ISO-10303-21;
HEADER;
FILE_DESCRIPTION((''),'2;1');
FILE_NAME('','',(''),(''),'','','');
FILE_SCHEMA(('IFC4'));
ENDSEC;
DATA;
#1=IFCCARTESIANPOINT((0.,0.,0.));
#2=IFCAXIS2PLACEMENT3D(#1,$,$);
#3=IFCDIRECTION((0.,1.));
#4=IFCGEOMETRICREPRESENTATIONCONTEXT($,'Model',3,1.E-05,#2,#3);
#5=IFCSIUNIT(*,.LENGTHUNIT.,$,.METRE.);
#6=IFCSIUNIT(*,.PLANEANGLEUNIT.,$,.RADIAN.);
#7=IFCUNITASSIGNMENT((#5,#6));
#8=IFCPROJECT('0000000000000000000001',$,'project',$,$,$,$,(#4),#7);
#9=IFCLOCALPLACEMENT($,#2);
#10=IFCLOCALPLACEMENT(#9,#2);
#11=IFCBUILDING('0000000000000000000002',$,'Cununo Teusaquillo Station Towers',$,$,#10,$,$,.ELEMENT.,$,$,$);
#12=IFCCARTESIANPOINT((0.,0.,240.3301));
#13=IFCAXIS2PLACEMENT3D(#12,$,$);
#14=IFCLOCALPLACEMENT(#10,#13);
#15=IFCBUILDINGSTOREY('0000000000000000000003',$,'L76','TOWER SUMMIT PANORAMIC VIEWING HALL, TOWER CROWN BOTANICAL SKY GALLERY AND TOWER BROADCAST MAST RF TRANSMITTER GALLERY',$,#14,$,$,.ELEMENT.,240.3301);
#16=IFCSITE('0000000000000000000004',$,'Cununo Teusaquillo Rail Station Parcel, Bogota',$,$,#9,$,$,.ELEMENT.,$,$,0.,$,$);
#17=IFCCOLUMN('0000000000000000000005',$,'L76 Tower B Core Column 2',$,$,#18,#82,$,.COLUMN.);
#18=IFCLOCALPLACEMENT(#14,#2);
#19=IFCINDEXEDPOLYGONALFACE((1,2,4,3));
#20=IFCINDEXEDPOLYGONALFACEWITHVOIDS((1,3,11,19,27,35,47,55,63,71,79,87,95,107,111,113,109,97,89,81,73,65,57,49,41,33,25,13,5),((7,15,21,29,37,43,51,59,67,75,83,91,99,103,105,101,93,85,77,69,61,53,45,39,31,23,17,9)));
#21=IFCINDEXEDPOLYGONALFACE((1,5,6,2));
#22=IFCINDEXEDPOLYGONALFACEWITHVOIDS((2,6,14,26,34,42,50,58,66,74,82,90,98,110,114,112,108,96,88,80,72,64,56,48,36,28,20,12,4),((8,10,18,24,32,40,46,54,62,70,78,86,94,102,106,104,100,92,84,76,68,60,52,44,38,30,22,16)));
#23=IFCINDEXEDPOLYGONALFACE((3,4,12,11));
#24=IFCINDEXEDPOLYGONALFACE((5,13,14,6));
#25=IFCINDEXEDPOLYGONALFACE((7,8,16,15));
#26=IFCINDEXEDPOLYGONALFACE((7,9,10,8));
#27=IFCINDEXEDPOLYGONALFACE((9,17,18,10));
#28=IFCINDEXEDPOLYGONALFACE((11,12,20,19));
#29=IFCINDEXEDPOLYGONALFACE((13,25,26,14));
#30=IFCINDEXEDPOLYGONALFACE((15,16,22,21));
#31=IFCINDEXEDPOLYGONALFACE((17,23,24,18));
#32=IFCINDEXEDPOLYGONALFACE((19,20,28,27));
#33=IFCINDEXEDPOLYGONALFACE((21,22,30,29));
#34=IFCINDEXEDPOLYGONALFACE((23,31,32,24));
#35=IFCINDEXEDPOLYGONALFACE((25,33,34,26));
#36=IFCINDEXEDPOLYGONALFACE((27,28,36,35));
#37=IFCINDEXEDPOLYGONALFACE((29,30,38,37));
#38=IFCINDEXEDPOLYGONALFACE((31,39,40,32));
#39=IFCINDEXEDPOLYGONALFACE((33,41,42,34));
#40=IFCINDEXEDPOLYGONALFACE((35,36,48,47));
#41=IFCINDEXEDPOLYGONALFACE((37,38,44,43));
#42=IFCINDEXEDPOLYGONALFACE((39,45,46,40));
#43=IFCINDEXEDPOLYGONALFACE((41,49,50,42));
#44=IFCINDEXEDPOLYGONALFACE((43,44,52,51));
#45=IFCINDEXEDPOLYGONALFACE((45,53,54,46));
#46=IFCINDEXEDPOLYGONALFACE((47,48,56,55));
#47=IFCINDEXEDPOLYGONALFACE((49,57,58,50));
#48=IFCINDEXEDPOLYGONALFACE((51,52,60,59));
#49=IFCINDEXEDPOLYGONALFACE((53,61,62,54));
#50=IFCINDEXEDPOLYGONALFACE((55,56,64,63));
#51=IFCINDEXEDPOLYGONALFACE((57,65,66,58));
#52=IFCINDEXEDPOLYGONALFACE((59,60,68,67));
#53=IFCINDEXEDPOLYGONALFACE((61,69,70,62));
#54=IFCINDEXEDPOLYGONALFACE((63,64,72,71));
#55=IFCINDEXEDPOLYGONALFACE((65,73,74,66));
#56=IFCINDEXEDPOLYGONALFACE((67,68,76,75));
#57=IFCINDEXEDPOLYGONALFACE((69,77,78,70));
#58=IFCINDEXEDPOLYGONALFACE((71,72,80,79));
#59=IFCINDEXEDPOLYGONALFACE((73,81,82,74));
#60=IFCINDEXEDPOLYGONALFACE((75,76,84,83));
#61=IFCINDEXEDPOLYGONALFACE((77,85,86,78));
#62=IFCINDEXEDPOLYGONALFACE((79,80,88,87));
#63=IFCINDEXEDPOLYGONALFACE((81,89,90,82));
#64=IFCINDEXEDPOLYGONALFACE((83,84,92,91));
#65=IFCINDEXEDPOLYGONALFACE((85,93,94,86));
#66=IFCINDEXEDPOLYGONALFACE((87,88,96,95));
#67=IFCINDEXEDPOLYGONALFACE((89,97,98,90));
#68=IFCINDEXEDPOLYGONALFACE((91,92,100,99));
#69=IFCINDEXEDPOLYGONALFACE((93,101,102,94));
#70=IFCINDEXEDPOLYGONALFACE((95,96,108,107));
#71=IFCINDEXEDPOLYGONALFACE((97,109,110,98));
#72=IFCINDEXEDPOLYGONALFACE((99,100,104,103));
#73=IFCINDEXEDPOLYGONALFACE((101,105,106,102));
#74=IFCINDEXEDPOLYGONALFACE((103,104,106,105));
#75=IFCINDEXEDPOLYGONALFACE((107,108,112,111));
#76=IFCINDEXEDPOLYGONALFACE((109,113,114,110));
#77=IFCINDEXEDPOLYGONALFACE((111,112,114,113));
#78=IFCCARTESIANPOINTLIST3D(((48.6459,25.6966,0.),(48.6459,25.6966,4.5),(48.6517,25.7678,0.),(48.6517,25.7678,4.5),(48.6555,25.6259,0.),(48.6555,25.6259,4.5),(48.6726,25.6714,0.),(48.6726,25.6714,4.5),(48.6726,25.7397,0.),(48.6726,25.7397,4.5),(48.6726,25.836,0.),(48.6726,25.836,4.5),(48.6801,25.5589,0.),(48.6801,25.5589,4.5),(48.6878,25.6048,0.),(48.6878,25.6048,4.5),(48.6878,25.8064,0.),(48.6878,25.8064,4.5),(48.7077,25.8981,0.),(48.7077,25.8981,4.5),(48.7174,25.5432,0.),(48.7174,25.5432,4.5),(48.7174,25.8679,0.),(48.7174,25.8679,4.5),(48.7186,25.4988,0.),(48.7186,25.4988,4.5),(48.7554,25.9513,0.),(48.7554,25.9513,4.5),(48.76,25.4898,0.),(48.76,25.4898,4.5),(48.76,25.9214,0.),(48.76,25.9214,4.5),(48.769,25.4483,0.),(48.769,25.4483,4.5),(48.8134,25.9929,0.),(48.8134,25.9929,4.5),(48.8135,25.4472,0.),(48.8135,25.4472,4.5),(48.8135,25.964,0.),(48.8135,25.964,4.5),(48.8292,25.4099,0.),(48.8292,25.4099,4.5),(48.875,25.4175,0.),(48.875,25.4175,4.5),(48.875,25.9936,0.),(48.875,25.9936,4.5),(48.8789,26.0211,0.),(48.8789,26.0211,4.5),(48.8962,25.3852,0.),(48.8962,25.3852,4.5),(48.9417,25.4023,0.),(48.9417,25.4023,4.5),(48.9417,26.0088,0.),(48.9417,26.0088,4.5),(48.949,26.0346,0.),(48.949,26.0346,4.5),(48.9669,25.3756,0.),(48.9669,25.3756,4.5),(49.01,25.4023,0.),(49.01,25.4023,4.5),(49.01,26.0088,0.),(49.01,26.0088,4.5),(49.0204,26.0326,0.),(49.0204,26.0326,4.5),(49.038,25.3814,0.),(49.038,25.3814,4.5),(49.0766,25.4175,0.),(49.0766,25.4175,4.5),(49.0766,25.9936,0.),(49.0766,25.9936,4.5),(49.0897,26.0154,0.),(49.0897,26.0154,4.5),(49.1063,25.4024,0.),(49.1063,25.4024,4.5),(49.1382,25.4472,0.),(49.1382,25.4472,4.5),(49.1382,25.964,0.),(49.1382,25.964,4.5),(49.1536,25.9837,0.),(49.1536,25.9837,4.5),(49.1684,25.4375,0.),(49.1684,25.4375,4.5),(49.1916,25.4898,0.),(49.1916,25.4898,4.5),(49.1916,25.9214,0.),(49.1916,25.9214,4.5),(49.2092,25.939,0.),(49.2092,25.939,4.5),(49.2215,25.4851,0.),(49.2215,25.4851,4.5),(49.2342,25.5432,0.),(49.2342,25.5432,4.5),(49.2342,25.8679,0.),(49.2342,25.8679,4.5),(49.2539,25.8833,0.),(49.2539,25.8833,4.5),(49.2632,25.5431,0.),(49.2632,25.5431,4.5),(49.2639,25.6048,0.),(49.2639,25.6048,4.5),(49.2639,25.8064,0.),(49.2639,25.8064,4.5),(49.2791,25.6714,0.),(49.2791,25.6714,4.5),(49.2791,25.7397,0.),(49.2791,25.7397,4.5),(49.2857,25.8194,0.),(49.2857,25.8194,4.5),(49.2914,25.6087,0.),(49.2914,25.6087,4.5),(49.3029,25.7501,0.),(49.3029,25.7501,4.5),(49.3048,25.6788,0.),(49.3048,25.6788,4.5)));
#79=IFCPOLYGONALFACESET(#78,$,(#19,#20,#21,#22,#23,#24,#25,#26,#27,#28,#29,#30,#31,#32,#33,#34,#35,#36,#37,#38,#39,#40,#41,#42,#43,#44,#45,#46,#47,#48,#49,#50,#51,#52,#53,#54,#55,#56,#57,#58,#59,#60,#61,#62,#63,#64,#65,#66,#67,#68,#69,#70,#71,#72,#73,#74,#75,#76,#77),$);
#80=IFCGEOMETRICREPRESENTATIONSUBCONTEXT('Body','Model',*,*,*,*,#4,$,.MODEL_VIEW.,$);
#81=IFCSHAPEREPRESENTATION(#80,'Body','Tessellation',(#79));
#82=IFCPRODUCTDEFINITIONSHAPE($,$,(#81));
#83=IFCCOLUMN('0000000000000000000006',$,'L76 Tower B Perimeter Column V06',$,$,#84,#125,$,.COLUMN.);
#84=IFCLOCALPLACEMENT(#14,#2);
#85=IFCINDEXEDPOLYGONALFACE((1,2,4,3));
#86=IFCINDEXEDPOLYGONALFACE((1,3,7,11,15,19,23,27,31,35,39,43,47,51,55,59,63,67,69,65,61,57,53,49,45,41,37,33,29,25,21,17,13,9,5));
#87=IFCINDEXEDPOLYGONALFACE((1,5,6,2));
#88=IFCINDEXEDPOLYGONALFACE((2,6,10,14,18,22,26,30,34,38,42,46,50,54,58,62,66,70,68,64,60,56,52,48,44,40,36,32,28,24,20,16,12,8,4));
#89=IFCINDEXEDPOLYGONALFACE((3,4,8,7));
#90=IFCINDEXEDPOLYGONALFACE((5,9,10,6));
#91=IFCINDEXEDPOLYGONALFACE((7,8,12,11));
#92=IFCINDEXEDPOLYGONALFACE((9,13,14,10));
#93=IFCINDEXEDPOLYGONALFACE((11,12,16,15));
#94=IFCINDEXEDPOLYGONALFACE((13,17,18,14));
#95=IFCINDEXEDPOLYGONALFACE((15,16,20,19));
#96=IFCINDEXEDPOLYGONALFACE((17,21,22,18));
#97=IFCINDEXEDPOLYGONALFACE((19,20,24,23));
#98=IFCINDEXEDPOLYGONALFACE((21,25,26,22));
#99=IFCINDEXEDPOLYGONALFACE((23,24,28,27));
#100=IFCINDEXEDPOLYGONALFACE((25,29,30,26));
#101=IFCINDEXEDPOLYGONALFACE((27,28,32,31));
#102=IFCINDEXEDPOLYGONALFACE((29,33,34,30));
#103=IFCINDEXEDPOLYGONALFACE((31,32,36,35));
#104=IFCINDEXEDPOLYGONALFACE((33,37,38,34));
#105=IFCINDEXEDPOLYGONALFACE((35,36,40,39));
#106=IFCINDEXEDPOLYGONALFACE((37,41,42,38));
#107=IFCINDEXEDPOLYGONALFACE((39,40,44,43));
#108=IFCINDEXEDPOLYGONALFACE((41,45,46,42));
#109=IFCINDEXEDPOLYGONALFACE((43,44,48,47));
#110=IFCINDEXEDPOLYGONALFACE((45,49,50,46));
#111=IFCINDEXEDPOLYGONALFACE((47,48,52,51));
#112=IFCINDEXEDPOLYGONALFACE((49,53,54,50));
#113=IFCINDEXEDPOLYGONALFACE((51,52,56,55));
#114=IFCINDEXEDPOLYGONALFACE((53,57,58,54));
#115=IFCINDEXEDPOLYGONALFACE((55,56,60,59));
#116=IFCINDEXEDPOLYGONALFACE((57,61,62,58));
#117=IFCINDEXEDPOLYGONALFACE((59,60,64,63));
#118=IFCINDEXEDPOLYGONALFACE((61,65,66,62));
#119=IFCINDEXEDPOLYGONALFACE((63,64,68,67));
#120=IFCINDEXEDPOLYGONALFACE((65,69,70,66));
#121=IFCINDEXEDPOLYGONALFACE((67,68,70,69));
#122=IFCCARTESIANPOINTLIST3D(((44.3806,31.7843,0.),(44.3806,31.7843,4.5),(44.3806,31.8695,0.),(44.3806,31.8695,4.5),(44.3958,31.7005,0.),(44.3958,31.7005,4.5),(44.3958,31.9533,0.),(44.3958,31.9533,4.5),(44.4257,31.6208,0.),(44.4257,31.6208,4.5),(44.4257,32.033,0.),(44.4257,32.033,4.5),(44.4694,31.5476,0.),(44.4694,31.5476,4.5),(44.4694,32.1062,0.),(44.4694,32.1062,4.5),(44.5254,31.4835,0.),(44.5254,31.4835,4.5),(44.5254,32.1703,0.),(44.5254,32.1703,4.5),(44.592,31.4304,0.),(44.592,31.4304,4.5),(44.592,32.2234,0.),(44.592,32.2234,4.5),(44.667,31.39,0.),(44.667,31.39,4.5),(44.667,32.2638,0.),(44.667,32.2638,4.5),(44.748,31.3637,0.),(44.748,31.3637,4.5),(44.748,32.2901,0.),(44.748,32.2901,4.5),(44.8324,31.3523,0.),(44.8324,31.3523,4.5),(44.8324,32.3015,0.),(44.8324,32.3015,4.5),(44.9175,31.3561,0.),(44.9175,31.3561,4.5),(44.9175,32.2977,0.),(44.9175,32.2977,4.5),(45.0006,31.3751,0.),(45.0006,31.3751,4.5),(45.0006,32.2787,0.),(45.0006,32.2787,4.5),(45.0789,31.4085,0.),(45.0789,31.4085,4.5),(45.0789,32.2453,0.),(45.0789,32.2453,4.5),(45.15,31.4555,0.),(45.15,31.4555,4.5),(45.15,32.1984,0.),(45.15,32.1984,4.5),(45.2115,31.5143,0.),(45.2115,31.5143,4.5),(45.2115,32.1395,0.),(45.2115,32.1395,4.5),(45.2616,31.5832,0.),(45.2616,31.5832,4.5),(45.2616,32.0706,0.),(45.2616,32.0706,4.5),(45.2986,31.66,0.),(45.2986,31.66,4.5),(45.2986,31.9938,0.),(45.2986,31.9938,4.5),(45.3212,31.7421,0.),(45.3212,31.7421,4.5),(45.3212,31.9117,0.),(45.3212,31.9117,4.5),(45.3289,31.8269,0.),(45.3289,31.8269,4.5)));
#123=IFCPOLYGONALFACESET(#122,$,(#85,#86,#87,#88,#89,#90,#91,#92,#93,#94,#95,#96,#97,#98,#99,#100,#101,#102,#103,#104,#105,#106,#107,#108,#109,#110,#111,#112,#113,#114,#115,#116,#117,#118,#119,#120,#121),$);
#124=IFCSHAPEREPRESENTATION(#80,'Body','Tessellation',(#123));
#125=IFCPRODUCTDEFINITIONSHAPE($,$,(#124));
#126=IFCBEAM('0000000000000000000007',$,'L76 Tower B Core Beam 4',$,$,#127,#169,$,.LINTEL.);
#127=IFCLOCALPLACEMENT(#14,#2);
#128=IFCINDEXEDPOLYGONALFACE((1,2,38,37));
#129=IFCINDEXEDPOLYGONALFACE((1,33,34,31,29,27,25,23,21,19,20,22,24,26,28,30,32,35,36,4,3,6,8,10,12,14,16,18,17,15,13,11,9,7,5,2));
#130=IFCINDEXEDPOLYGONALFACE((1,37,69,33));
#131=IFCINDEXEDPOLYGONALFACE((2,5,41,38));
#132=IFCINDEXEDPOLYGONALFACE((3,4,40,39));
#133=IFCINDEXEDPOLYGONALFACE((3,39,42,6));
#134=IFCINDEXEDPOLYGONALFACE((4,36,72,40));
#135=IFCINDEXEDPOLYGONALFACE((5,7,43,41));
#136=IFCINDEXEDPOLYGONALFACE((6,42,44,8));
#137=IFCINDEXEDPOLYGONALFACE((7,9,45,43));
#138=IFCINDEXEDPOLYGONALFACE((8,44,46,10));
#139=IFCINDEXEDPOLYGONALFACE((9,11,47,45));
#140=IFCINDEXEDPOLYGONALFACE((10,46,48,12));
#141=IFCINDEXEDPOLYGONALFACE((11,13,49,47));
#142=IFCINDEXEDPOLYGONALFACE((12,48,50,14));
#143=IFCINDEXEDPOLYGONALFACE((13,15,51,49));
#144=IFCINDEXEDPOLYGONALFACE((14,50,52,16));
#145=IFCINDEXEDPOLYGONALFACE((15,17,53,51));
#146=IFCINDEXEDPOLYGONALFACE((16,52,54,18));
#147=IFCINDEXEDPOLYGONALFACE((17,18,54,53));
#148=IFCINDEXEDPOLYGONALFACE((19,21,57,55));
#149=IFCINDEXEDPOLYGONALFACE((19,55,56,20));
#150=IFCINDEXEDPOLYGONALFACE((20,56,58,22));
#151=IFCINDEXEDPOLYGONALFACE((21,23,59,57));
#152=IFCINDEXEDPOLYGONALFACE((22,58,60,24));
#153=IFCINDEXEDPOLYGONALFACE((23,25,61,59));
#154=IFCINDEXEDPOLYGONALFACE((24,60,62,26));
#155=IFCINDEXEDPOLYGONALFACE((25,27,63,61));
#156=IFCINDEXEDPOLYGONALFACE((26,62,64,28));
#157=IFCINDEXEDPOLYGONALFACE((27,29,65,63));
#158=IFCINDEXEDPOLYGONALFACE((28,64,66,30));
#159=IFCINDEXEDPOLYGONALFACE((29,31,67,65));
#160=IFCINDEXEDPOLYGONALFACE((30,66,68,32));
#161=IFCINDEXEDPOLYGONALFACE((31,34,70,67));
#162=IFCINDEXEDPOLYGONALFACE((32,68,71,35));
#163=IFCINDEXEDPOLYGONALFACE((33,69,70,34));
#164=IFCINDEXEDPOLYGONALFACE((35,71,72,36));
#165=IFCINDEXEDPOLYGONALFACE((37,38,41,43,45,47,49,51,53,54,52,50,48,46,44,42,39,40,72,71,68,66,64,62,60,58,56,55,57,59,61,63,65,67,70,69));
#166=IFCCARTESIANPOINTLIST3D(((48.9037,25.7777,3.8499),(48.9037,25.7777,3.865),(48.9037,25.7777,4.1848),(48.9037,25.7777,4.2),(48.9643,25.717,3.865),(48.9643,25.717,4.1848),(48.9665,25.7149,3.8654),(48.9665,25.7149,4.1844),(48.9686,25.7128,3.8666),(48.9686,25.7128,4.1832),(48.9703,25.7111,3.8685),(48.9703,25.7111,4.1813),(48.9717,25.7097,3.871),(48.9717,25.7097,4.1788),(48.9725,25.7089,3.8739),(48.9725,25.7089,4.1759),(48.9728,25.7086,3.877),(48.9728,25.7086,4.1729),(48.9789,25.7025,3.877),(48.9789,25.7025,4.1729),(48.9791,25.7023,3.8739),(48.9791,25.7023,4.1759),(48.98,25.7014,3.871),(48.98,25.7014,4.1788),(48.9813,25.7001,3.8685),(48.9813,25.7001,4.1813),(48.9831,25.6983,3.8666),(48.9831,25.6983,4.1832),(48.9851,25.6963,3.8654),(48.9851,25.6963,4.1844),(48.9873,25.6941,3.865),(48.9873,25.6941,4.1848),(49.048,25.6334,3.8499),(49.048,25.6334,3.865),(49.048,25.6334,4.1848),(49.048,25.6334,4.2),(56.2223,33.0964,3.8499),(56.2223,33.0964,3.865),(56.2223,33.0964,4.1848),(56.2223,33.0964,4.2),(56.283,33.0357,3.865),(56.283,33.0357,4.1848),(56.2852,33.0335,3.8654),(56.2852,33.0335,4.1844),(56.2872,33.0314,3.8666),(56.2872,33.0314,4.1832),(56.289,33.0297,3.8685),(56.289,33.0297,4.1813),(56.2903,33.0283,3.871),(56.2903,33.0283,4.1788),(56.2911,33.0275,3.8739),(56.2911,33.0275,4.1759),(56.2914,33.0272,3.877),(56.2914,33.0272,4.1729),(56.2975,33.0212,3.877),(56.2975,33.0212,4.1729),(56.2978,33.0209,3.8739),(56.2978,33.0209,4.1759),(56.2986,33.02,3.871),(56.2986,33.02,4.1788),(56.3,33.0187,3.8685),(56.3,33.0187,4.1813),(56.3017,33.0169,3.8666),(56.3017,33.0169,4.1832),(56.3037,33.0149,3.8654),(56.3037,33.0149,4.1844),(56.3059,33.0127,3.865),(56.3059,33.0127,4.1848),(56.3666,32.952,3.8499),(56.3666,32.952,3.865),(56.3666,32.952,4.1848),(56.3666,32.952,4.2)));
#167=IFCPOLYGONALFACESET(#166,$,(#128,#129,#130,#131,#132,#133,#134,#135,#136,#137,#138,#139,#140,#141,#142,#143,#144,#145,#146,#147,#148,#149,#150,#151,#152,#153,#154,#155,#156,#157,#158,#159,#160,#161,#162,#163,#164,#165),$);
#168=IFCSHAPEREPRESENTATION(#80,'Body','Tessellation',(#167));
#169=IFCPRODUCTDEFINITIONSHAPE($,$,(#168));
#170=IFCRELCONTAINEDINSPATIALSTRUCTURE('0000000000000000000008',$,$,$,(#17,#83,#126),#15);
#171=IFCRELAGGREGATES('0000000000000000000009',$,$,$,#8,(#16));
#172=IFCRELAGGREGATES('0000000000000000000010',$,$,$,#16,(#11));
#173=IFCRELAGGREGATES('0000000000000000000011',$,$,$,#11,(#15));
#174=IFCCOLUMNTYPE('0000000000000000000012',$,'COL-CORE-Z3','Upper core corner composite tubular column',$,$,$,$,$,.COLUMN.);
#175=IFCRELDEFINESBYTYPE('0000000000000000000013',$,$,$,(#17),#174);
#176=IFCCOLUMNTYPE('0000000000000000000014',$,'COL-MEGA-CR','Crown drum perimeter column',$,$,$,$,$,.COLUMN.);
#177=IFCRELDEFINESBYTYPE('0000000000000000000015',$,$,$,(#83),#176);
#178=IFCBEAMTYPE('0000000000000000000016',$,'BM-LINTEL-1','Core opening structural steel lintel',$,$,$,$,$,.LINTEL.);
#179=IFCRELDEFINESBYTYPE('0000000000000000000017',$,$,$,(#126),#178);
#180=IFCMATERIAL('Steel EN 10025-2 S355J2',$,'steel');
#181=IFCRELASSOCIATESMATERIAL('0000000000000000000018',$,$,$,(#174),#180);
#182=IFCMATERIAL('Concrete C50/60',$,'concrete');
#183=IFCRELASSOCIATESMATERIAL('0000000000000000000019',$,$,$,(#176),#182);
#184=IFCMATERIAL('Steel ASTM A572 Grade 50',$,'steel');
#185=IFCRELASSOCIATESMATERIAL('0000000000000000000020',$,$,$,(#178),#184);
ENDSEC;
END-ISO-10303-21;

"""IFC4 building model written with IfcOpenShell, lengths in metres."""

from ifc_helpers import new_model, si_unit, direction, frame, origin, origin_2d, place, context, subcontext, project, spatial, circle, hollow_circle, i_section, extrude, material, material_profile, profile_set, type_object, element, save


model = new_model("IFC4")

# Units and contexts
model_context = context("Model", 3, precision=1e-05, world=origin(), true_north=direction((0.0, 1.0)))
body_context = subcontext(model_context, "Body", "Model", "MODEL_VIEW")
ifc_project = project(units=[si_unit("LENGTHUNIT", "METRE"), si_unit("PLANEANGLEUNIT", "RADIAN")], contexts=[model_context])

# Site, building, storey
site_placement = place(None, origin())
site = spatial("IfcSite", under=ifc_project, at=site_placement, Name="Cununo Teusaquillo Rail Station Parcel, Bogota", CompositionType="ELEMENT", RefElevation=0.0)
building_placement = place(site_placement, origin())
building = spatial("IfcBuilding", under=site, at=building_placement, Name="Cununo Teusaquillo Station Towers", CompositionType="ELEMENT")
storey_placement = place(building_placement, frame((0.0, 0.0, 240.3301)))
storey = spatial("IfcBuildingStorey", under=building, at=storey_placement, Name="L76", Description="TOWER SUMMIT PANORAMIC VIEWING HALL, TOWER CROWN BOTANICAL SKY GALLERY AND TOWER BROADCAST MAST RF TRANSMITTER GALLERY", CompositionType="ELEMENT", Elevation=240.3301)

# Columns
ifc_material_1 = material(Name="Steel EN 10025-2 S355J2", Category="steel")
ifc_material_profile_1 = material_profile(ifc_material_1, hollow_circle(Radius=0.3301, WallThickness=0.0249, at=origin_2d()), Name="CHS 660x25")
ifc_profile_set_1 = profile_set([ifc_material_profile_1], Name="Steel EN 10025-2 S355J2")
column_type_1 = type_object("IfcColumnType", Name="COL-CORE-Z3", Description="Upper core corner composite tubular column", PredefinedType="COLUMN", material=ifc_profile_set_1)
column_1_placement = place(storey_placement, frame((48.9758, 25.7056, 0.0), z_axis=(0.0, 0.0, 1.0), x_axis=(0.707107, 0.707107, 0.0)))
element("IfcColumn", 1, at=column_1_placement, inside=storey, type_object=column_type_1, Name="L76 Tower B Core Column 2", PredefinedType="COLUMN", context=body_context, shape_type="SweptSolid", body=[
    extrude(hollow_circle(Radius=0.3301, WallThickness=0.0249, at=origin_2d()), origin(), (0.0, 0.0, 1.0), 4.5),
])
ifc_material_2 = material(Name="Concrete C50/60", Category="concrete")
ifc_material_profile_2 = material_profile(ifc_material_2, circle(Radius=0.4751, at=origin_2d()), Name="RC-CIRC-950")
ifc_profile_set_2 = profile_set([ifc_material_profile_2], Name="Concrete C50/60")
column_type_2 = type_object("IfcColumnType", Name="COL-MEGA-CR", Description="Crown drum perimeter column", PredefinedType="COLUMN", material=ifc_profile_set_2)
column_2_placement = place(storey_placement, frame((44.8538, 31.8269, 0.0), z_axis=(0.0, 0.0, 1.0), x_axis=(1.0, 0.0, 0.0)))
element("IfcColumn", 2, at=column_2_placement, inside=storey, type_object=column_type_2, Name="L76 Tower B Perimeter Column V06", PredefinedType="COLUMN", context=body_context, shape_type="SweptSolid", body=[
    extrude(circle(Radius=0.4751, at=origin_2d()), origin(), (0.0, 0.0, 1.0), 4.5),
])

# Beam
ifc_material_3 = material(Name="Steel ASTM A572 Grade 50", Category="steel")
ifc_material_profile_3 = material_profile(ifc_material_3, i_section(OverallWidth=0.2041, OverallDepth=0.3501, WebThickness=0.0085, FlangeThickness=0.0151, FilletRadius=0.012, at=origin_2d()), Name="W14X48")
ifc_profile_set_3 = profile_set([ifc_material_profile_3], Name="Steel ASTM A572 Grade 50")
beam_type_1 = type_object("IfcBeamType", Name="BM-LINTEL-1", Description="Core opening structural steel lintel", PredefinedType="LINTEL", material=ifc_profile_set_3)
beam_1_placement = place(storey_placement, frame((48.9758, 25.7056, 4.0249), z_axis=(0.707107, 0.707107, 0.0), x_axis=(-0.707107, 0.707107, 0.0)))
element("IfcBeam", 3, at=beam_1_placement, inside=storey, type_object=beam_type_1, Name="L76 Tower B Core Beam 4", PredefinedType="LINTEL", context=body_context, shape_type="SweptSolid", body=[
    extrude(i_section(OverallWidth=0.2041, OverallDepth=0.3501, WebThickness=0.0085, FlangeThickness=0.0151, FilletRadius=0.012, at=origin_2d()), origin(), (0.0, 0.0, 1.0), 10.3501),
])

save(model, "model.ifc")
